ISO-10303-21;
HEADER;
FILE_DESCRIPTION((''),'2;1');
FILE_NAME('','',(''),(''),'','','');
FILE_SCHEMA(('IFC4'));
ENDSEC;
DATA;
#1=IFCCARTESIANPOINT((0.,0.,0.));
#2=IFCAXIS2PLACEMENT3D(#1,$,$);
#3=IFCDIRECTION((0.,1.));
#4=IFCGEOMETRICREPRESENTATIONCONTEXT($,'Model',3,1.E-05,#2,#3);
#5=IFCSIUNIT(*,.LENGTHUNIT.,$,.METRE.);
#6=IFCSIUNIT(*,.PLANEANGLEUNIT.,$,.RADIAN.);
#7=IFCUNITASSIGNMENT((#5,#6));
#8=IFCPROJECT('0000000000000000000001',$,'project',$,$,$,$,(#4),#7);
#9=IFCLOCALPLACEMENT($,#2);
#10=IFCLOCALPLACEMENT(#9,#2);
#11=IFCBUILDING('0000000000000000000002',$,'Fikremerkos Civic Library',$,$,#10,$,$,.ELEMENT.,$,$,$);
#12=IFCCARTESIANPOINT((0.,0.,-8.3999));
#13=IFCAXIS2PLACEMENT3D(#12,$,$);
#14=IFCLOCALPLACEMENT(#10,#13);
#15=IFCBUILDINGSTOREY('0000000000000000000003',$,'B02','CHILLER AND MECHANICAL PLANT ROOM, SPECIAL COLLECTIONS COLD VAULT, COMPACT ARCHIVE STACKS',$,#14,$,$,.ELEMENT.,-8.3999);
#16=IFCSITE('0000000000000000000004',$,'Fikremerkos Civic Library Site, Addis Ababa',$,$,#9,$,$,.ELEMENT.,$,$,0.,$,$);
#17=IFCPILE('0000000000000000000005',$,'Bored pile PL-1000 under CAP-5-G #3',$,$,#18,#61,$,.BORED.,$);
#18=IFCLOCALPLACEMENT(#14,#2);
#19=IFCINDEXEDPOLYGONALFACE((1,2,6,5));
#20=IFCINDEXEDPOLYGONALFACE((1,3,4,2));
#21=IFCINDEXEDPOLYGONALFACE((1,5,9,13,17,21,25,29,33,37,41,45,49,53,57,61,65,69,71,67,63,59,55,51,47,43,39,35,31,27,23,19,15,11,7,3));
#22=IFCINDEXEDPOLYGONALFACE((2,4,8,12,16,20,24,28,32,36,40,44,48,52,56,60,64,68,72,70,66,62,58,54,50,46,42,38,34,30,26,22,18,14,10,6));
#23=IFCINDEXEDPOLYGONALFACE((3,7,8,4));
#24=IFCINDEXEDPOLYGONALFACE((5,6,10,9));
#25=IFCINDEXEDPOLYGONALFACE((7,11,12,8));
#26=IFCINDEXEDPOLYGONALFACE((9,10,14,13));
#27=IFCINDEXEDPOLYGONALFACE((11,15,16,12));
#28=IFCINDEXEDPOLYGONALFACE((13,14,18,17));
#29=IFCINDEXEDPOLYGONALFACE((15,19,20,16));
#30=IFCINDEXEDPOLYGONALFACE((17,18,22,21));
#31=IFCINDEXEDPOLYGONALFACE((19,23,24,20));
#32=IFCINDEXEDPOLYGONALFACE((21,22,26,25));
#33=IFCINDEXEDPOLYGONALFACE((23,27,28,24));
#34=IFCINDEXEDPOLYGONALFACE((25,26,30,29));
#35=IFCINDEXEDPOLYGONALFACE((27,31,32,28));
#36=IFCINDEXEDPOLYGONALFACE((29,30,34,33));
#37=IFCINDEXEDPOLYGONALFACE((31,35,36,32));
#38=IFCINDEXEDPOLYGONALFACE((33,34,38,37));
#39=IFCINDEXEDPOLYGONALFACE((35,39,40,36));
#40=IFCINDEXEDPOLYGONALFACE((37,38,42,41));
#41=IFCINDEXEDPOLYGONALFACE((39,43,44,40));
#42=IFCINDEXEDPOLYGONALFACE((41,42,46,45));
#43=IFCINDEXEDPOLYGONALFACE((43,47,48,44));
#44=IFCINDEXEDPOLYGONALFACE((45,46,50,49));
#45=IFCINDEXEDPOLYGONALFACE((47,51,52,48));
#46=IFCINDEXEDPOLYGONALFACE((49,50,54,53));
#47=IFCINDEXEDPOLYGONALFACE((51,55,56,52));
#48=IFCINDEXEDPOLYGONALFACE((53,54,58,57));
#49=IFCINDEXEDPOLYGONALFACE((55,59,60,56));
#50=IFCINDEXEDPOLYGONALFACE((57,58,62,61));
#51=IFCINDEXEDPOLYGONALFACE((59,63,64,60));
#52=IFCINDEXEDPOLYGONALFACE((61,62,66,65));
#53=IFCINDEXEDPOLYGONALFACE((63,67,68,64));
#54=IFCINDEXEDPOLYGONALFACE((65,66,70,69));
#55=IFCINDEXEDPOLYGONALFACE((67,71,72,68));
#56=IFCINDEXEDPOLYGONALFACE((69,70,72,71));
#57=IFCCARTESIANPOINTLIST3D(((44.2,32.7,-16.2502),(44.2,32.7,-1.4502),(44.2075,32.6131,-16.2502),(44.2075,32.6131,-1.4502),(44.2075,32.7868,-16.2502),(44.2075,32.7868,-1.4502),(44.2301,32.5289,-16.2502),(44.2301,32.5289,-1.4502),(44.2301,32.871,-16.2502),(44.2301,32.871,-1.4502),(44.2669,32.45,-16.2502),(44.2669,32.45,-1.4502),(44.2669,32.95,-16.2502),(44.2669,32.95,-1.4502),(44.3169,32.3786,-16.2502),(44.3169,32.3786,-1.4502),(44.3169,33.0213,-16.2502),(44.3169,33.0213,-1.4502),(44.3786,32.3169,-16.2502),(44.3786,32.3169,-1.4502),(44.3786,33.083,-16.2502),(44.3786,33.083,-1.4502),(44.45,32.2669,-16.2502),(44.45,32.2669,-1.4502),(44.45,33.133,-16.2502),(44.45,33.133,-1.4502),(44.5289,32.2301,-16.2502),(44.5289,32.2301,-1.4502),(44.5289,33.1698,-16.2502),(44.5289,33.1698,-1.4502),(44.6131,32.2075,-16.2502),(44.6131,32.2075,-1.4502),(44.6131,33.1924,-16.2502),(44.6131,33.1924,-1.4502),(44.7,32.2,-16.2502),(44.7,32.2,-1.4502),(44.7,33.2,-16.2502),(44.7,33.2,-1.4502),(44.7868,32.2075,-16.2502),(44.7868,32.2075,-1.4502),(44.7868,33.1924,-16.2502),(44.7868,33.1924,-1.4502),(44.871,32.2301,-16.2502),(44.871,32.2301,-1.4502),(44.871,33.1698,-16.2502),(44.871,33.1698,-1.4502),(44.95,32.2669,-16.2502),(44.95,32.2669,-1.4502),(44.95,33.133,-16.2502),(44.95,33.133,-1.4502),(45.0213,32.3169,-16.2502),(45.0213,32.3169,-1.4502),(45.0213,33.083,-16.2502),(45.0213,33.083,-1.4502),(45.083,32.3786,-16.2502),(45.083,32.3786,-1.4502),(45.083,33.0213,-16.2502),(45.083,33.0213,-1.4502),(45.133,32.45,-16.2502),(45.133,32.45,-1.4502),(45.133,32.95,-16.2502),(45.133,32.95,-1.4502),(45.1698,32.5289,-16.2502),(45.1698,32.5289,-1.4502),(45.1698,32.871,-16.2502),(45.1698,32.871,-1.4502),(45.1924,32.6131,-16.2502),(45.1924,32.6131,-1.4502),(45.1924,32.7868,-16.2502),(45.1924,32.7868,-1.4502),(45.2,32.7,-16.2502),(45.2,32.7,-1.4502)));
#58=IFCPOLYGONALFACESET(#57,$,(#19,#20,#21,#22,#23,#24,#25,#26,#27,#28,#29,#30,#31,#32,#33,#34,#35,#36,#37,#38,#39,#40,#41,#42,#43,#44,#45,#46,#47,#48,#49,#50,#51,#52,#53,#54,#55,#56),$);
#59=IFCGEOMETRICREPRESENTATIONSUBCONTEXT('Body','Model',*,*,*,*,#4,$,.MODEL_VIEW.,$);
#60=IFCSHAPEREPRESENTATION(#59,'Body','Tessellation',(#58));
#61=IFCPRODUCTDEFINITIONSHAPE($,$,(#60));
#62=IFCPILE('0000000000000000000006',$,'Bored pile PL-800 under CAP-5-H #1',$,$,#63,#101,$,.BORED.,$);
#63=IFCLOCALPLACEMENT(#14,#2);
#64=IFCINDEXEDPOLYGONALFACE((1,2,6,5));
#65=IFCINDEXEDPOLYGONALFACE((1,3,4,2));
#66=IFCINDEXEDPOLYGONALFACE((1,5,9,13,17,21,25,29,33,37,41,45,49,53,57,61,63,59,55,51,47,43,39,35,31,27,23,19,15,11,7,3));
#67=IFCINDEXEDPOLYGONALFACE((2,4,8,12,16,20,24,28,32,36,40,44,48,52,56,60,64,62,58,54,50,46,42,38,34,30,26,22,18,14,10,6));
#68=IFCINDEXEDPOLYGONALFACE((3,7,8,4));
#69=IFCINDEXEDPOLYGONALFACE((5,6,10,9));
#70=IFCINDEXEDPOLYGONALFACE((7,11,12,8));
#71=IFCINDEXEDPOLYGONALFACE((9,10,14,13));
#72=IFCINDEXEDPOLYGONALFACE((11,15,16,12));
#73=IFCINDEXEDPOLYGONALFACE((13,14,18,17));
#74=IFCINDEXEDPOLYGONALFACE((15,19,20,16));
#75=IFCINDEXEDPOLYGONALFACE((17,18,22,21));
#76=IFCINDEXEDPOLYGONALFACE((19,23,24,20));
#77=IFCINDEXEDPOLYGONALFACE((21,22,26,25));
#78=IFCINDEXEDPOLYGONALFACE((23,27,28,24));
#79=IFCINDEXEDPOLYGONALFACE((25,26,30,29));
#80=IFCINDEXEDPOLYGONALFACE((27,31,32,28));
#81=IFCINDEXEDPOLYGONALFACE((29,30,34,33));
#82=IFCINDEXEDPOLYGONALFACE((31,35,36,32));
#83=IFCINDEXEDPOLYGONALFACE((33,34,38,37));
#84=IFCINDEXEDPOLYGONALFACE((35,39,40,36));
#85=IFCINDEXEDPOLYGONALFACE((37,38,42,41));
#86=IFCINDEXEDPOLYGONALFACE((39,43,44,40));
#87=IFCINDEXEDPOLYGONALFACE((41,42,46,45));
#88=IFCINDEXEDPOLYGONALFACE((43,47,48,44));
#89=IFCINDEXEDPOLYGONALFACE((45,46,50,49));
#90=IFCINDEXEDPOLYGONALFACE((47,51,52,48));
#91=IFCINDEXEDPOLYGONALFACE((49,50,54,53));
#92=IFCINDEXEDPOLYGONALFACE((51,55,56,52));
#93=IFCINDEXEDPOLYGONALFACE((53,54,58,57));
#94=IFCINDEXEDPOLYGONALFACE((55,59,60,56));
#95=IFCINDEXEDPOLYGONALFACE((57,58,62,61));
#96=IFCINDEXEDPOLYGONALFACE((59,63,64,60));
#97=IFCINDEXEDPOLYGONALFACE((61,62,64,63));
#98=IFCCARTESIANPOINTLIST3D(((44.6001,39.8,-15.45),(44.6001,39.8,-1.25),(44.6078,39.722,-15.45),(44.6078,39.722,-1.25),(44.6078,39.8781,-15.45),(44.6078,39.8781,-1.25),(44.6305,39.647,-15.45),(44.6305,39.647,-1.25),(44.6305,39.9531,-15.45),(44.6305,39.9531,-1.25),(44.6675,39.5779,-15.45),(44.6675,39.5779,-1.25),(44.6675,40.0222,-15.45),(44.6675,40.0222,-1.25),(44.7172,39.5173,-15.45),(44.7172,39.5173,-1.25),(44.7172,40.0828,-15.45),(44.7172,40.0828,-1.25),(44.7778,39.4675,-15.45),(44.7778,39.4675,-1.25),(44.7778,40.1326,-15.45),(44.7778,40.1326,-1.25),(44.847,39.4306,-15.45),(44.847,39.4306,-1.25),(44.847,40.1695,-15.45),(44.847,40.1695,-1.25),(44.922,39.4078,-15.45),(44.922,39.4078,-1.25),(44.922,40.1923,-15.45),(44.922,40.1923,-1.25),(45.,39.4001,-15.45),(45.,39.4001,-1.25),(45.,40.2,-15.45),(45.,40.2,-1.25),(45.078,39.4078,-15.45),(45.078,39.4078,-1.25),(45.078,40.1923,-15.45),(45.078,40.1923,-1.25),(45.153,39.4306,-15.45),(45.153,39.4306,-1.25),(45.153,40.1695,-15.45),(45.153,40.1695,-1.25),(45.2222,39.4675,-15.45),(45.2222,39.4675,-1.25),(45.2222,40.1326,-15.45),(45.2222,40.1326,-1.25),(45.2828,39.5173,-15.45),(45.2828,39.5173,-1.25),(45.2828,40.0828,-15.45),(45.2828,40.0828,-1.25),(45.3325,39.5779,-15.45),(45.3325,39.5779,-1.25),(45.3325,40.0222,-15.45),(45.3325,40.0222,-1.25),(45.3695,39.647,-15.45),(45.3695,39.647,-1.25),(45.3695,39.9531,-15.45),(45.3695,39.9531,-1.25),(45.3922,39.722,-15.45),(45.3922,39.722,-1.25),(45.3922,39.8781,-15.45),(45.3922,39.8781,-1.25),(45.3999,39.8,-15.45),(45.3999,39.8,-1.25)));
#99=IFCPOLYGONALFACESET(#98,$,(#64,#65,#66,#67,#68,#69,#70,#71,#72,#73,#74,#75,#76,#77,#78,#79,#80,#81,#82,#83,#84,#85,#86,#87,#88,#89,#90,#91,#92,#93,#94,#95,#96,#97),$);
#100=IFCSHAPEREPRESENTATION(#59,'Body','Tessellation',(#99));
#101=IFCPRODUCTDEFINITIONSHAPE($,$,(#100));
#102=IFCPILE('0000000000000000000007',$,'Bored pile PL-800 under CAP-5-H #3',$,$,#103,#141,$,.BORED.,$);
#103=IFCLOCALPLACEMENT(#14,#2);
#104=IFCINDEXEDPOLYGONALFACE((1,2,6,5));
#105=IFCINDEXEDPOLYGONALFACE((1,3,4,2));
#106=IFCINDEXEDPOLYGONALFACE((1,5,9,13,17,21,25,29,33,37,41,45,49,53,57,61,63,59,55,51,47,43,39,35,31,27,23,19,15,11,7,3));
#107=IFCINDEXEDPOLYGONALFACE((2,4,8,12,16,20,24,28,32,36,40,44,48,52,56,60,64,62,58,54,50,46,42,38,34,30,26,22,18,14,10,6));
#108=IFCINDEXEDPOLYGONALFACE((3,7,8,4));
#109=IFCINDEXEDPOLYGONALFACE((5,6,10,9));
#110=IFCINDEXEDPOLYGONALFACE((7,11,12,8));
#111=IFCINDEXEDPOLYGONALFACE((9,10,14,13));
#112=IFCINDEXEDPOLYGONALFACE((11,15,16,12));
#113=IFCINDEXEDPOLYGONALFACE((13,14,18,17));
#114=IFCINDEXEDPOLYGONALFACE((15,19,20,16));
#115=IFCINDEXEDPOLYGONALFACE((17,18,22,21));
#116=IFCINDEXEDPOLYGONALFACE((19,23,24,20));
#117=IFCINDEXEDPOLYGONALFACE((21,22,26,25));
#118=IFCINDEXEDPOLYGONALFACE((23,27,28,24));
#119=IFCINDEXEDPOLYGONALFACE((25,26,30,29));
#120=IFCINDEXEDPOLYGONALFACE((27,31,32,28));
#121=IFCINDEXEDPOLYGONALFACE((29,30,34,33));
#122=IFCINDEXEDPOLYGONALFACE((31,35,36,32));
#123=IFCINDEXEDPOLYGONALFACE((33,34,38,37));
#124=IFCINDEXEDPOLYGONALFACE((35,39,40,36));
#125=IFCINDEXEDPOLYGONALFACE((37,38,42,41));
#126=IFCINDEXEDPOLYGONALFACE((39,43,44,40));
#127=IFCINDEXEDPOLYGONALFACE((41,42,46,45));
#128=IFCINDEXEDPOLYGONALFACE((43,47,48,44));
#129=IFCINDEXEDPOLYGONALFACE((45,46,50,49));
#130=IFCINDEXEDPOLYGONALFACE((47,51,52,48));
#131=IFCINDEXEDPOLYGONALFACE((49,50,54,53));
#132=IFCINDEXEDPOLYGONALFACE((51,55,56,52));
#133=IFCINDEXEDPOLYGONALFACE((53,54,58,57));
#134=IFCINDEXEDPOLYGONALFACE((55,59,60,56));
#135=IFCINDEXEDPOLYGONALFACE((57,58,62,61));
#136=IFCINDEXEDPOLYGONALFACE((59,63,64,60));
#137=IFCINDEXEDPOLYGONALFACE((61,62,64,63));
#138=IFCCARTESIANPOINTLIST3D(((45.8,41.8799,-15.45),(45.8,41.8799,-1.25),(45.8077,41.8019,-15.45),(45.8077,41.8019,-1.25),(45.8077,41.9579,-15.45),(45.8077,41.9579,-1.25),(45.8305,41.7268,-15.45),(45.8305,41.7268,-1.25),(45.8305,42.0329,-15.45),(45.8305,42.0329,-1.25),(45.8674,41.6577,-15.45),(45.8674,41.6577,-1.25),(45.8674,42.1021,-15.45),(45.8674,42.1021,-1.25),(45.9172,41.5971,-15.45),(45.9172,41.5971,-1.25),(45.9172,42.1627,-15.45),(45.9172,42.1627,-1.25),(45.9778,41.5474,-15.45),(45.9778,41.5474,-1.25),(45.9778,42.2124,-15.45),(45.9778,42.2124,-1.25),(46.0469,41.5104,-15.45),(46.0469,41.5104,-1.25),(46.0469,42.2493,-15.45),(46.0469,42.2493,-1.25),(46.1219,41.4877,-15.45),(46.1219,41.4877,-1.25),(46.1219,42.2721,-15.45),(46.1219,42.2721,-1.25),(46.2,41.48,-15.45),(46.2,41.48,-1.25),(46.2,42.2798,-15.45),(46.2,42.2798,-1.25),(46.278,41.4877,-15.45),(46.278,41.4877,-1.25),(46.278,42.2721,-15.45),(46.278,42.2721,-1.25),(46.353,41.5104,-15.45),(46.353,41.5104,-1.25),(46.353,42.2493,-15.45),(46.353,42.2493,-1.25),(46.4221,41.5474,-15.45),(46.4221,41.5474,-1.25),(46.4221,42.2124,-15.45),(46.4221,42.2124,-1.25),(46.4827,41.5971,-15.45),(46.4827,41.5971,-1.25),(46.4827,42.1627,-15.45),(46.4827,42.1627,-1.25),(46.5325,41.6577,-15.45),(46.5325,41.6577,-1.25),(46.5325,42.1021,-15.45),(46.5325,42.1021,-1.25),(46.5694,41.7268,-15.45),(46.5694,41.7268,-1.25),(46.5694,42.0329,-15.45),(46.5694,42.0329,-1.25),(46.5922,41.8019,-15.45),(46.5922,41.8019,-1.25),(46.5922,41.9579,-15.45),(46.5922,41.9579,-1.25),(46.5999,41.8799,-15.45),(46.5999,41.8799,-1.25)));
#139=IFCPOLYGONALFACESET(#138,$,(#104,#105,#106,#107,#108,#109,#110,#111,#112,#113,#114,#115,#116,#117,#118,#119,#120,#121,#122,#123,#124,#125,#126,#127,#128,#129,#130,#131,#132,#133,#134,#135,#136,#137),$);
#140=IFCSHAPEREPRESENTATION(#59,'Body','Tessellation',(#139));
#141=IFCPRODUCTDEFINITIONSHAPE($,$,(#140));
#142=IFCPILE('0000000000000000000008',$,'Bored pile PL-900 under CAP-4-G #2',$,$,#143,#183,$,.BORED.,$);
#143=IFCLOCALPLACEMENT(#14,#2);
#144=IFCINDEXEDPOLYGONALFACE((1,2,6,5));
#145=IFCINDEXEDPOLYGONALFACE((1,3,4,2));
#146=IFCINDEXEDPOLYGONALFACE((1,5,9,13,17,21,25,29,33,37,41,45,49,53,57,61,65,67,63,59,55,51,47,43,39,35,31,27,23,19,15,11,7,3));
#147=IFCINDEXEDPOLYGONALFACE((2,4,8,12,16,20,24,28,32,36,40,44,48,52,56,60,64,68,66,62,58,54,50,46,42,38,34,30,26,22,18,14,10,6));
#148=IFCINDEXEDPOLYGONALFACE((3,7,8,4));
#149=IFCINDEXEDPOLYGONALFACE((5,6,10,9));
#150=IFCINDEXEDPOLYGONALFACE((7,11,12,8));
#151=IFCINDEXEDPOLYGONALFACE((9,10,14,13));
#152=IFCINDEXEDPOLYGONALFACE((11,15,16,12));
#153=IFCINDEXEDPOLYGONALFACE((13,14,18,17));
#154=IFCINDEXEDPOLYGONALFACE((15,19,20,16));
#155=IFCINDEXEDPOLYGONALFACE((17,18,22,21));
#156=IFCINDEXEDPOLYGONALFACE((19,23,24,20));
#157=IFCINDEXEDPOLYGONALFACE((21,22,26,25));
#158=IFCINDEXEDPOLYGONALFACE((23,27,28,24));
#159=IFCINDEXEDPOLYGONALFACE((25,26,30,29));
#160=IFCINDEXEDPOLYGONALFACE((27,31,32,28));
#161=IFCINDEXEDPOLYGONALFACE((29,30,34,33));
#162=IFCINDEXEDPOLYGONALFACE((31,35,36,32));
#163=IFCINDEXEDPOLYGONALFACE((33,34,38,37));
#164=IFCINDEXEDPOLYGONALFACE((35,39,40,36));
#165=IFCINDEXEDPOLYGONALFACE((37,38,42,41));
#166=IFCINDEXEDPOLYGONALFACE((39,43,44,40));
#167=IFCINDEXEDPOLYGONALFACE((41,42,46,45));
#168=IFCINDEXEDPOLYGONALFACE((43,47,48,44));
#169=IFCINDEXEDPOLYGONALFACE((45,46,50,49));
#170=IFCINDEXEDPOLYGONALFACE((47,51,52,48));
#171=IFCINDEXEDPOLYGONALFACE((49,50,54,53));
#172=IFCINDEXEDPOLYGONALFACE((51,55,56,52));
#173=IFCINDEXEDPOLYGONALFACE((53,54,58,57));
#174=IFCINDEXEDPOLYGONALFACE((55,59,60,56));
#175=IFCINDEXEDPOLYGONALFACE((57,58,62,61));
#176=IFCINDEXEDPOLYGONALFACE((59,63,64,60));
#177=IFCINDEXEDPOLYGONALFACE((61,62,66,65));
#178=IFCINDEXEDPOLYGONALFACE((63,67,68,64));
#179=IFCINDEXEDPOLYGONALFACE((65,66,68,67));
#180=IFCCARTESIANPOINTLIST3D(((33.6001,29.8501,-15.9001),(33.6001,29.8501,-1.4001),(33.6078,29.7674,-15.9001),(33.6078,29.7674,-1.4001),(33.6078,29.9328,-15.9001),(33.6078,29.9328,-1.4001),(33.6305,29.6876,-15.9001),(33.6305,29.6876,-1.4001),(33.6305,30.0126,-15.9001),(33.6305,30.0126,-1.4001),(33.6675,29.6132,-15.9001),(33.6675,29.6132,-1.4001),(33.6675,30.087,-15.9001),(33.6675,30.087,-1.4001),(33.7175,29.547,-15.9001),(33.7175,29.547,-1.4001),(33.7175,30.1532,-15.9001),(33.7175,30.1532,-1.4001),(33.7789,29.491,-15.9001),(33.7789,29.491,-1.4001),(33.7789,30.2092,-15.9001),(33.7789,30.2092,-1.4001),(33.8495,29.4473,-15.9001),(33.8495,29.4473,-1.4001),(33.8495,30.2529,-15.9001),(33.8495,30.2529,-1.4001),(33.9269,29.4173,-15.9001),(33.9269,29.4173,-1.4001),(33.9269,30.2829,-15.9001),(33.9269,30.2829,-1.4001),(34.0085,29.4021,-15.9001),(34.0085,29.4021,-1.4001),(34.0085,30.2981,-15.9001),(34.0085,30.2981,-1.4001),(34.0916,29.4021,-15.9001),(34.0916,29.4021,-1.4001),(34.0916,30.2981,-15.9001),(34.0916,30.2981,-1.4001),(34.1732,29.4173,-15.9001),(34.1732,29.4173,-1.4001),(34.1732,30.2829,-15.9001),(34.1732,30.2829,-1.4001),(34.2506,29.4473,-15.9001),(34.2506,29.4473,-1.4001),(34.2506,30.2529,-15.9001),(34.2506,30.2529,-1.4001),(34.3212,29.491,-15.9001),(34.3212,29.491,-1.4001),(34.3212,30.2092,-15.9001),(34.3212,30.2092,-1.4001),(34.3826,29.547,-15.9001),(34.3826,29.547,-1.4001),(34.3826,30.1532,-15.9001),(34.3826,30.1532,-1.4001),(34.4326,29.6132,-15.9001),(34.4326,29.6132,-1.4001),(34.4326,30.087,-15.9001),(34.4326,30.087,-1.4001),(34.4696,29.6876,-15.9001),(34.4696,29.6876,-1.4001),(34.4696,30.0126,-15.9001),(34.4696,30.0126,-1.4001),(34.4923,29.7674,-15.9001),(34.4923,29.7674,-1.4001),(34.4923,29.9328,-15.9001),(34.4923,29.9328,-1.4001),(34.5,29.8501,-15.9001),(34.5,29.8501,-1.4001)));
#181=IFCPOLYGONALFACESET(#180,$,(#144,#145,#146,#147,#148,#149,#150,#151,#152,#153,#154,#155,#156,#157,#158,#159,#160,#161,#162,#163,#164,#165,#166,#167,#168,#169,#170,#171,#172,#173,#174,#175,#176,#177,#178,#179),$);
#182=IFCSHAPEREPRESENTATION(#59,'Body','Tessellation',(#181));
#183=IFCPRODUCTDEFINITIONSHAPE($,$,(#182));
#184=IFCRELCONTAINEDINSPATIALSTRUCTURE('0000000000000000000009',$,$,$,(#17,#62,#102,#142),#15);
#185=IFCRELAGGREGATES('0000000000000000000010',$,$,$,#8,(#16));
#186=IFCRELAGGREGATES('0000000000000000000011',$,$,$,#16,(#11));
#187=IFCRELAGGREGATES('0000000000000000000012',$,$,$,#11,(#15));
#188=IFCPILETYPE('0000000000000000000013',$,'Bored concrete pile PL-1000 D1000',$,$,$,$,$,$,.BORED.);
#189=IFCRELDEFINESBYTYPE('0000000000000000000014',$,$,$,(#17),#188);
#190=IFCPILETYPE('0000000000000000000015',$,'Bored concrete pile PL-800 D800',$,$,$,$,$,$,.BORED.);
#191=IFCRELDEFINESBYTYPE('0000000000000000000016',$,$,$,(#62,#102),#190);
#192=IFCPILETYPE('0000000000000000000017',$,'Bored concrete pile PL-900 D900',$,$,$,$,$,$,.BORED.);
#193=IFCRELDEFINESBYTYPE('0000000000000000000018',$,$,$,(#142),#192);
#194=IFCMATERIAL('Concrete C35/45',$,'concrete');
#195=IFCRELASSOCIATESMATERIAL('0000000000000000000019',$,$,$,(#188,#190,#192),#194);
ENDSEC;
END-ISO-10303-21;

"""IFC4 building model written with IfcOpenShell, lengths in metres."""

from ifc_helpers import new_model, si_unit, direction, frame, origin, origin_2d, place, context, subcontext, project, spatial, circle, extrude, material, material_profile, profile_set, type_object, element, save


model = new_model("IFC4")

# Units and contexts
model_context = context("Model", 3, precision=1e-05, world=origin(), true_north=direction((0.0, 1.0)))
body_context = subcontext(model_context, "Body", "Model", "MODEL_VIEW")
ifc_project = project(units=[si_unit("LENGTHUNIT", "METRE"), si_unit("PLANEANGLEUNIT", "RADIAN")], contexts=[model_context])

# Site, building, storey
site_placement = place(None, origin())
site = spatial("IfcSite", under=ifc_project, at=site_placement, Name="Fikremerkos Civic Library Site, Addis Ababa", CompositionType="ELEMENT", RefElevation=0.0)
building_placement = place(site_placement, origin())
building = spatial("IfcBuilding", under=site, at=building_placement, Name="Fikremerkos Civic Library", CompositionType="ELEMENT")
storey_placement = place(building_placement, frame((0.0, 0.0, -8.3999)))
storey = spatial("IfcBuildingStorey", under=building, at=storey_placement, Name="B02", Description="CHILLER AND MECHANICAL PLANT ROOM, SPECIAL COLLECTIONS COLD VAULT, COMPACT ARCHIVE STACKS", CompositionType="ELEMENT", Elevation=-8.3999)

# Piles
ifc_material_1 = material(Name="Concrete C35/45", Category="concrete")
ifc_material_profile_1 = material_profile(ifc_material_1, circle(Radius=0.5, at=origin_2d()), Name="BORED PILE 1000")
ifc_profile_set_1 = profile_set([ifc_material_profile_1], Name="Concrete C35/45")
pile_type_1 = type_object("IfcPileType", Name="Bored concrete pile PL-1000 D1000", PredefinedType="BORED", material=ifc_profile_set_1)
pile_placement = place(storey_placement, frame((44.7, 32.7, -1.4502), z_axis=(0.0, 0.0, -1.0), x_axis=(1.0, 0.0, 0.0)))
element("IfcPile", 1, at=pile_placement, inside=storey, type_object=pile_type_1, Name="Bored pile PL-1000 under CAP-5-G #3", PredefinedType="BORED", context=body_context, shape_type="SweptSolid", body=[
    extrude(circle(Radius=0.5, at=origin_2d()), origin(), (0.0, 0.0, 1.0), 14.8),
])
ifc_material_profile_2 = material_profile(ifc_material_1, circle(Radius=0.3999, at=origin_2d()), Name="BORED PILE 800")
ifc_profile_set_2 = profile_set([ifc_material_profile_2], Name="Concrete C35/45")
pile_type_2 = type_object("IfcPileType", Name="Bored concrete pile PL-800 D800", PredefinedType="BORED", material=ifc_profile_set_2)
for number, where, z_axis, x_axis, name in (
    (2, (45.0, 39.8, -1.25), (0.0, 0.0, -1.0), (1.0, 0.0, 0.0), "Bored pile PL-800 under CAP-5-H #1"),
    (3, (46.2, 41.8799, -1.25), (0.0, 0.0, -1.0), (1.0, 0.0, 0.0), "Bored pile PL-800 under CAP-5-H #3"),
):
    element("IfcPile", number, at=place(storey_placement, frame(where, z_axis=z_axis, x_axis=x_axis)), inside=storey, type_object=pile_type_2, Name=name, PredefinedType="BORED", context=body_context, shape_type="SweptSolid", body=[
        extrude(circle(Radius=0.3999, at=origin_2d()), origin(), (0.0, 0.0, 1.0), 14.2),
    ])
ifc_material_profile_3 = material_profile(ifc_material_1, circle(Radius=0.45, at=origin_2d()), Name="BORED PILE 900")
ifc_profile_set_3 = profile_set([ifc_material_profile_3], Name="Concrete C35/45")
pile_type_3 = type_object("IfcPileType", Name="Bored concrete pile PL-900 D900", PredefinedType="BORED", material=ifc_profile_set_3)
for number, where, z_axis, x_axis, name in (
    (4, (34.05, 29.8501, -1.4001), (0.0, 0.0, -1.0), (1.0, 0.0, 0.0), "Bored pile PL-900 under CAP-4-G #2"),
):
    element("IfcPile", number, at=place(storey_placement, frame(where, z_axis=z_axis, x_axis=x_axis)), inside=storey, type_object=pile_type_3, Name=name, PredefinedType="BORED", context=body_context, shape_type="SweptSolid", body=[
        extrude(circle(Radius=0.45, at=origin_2d()), origin(), (0.0, 0.0, 1.0), 14.5),
    ])

save(model, "model.ifc")
